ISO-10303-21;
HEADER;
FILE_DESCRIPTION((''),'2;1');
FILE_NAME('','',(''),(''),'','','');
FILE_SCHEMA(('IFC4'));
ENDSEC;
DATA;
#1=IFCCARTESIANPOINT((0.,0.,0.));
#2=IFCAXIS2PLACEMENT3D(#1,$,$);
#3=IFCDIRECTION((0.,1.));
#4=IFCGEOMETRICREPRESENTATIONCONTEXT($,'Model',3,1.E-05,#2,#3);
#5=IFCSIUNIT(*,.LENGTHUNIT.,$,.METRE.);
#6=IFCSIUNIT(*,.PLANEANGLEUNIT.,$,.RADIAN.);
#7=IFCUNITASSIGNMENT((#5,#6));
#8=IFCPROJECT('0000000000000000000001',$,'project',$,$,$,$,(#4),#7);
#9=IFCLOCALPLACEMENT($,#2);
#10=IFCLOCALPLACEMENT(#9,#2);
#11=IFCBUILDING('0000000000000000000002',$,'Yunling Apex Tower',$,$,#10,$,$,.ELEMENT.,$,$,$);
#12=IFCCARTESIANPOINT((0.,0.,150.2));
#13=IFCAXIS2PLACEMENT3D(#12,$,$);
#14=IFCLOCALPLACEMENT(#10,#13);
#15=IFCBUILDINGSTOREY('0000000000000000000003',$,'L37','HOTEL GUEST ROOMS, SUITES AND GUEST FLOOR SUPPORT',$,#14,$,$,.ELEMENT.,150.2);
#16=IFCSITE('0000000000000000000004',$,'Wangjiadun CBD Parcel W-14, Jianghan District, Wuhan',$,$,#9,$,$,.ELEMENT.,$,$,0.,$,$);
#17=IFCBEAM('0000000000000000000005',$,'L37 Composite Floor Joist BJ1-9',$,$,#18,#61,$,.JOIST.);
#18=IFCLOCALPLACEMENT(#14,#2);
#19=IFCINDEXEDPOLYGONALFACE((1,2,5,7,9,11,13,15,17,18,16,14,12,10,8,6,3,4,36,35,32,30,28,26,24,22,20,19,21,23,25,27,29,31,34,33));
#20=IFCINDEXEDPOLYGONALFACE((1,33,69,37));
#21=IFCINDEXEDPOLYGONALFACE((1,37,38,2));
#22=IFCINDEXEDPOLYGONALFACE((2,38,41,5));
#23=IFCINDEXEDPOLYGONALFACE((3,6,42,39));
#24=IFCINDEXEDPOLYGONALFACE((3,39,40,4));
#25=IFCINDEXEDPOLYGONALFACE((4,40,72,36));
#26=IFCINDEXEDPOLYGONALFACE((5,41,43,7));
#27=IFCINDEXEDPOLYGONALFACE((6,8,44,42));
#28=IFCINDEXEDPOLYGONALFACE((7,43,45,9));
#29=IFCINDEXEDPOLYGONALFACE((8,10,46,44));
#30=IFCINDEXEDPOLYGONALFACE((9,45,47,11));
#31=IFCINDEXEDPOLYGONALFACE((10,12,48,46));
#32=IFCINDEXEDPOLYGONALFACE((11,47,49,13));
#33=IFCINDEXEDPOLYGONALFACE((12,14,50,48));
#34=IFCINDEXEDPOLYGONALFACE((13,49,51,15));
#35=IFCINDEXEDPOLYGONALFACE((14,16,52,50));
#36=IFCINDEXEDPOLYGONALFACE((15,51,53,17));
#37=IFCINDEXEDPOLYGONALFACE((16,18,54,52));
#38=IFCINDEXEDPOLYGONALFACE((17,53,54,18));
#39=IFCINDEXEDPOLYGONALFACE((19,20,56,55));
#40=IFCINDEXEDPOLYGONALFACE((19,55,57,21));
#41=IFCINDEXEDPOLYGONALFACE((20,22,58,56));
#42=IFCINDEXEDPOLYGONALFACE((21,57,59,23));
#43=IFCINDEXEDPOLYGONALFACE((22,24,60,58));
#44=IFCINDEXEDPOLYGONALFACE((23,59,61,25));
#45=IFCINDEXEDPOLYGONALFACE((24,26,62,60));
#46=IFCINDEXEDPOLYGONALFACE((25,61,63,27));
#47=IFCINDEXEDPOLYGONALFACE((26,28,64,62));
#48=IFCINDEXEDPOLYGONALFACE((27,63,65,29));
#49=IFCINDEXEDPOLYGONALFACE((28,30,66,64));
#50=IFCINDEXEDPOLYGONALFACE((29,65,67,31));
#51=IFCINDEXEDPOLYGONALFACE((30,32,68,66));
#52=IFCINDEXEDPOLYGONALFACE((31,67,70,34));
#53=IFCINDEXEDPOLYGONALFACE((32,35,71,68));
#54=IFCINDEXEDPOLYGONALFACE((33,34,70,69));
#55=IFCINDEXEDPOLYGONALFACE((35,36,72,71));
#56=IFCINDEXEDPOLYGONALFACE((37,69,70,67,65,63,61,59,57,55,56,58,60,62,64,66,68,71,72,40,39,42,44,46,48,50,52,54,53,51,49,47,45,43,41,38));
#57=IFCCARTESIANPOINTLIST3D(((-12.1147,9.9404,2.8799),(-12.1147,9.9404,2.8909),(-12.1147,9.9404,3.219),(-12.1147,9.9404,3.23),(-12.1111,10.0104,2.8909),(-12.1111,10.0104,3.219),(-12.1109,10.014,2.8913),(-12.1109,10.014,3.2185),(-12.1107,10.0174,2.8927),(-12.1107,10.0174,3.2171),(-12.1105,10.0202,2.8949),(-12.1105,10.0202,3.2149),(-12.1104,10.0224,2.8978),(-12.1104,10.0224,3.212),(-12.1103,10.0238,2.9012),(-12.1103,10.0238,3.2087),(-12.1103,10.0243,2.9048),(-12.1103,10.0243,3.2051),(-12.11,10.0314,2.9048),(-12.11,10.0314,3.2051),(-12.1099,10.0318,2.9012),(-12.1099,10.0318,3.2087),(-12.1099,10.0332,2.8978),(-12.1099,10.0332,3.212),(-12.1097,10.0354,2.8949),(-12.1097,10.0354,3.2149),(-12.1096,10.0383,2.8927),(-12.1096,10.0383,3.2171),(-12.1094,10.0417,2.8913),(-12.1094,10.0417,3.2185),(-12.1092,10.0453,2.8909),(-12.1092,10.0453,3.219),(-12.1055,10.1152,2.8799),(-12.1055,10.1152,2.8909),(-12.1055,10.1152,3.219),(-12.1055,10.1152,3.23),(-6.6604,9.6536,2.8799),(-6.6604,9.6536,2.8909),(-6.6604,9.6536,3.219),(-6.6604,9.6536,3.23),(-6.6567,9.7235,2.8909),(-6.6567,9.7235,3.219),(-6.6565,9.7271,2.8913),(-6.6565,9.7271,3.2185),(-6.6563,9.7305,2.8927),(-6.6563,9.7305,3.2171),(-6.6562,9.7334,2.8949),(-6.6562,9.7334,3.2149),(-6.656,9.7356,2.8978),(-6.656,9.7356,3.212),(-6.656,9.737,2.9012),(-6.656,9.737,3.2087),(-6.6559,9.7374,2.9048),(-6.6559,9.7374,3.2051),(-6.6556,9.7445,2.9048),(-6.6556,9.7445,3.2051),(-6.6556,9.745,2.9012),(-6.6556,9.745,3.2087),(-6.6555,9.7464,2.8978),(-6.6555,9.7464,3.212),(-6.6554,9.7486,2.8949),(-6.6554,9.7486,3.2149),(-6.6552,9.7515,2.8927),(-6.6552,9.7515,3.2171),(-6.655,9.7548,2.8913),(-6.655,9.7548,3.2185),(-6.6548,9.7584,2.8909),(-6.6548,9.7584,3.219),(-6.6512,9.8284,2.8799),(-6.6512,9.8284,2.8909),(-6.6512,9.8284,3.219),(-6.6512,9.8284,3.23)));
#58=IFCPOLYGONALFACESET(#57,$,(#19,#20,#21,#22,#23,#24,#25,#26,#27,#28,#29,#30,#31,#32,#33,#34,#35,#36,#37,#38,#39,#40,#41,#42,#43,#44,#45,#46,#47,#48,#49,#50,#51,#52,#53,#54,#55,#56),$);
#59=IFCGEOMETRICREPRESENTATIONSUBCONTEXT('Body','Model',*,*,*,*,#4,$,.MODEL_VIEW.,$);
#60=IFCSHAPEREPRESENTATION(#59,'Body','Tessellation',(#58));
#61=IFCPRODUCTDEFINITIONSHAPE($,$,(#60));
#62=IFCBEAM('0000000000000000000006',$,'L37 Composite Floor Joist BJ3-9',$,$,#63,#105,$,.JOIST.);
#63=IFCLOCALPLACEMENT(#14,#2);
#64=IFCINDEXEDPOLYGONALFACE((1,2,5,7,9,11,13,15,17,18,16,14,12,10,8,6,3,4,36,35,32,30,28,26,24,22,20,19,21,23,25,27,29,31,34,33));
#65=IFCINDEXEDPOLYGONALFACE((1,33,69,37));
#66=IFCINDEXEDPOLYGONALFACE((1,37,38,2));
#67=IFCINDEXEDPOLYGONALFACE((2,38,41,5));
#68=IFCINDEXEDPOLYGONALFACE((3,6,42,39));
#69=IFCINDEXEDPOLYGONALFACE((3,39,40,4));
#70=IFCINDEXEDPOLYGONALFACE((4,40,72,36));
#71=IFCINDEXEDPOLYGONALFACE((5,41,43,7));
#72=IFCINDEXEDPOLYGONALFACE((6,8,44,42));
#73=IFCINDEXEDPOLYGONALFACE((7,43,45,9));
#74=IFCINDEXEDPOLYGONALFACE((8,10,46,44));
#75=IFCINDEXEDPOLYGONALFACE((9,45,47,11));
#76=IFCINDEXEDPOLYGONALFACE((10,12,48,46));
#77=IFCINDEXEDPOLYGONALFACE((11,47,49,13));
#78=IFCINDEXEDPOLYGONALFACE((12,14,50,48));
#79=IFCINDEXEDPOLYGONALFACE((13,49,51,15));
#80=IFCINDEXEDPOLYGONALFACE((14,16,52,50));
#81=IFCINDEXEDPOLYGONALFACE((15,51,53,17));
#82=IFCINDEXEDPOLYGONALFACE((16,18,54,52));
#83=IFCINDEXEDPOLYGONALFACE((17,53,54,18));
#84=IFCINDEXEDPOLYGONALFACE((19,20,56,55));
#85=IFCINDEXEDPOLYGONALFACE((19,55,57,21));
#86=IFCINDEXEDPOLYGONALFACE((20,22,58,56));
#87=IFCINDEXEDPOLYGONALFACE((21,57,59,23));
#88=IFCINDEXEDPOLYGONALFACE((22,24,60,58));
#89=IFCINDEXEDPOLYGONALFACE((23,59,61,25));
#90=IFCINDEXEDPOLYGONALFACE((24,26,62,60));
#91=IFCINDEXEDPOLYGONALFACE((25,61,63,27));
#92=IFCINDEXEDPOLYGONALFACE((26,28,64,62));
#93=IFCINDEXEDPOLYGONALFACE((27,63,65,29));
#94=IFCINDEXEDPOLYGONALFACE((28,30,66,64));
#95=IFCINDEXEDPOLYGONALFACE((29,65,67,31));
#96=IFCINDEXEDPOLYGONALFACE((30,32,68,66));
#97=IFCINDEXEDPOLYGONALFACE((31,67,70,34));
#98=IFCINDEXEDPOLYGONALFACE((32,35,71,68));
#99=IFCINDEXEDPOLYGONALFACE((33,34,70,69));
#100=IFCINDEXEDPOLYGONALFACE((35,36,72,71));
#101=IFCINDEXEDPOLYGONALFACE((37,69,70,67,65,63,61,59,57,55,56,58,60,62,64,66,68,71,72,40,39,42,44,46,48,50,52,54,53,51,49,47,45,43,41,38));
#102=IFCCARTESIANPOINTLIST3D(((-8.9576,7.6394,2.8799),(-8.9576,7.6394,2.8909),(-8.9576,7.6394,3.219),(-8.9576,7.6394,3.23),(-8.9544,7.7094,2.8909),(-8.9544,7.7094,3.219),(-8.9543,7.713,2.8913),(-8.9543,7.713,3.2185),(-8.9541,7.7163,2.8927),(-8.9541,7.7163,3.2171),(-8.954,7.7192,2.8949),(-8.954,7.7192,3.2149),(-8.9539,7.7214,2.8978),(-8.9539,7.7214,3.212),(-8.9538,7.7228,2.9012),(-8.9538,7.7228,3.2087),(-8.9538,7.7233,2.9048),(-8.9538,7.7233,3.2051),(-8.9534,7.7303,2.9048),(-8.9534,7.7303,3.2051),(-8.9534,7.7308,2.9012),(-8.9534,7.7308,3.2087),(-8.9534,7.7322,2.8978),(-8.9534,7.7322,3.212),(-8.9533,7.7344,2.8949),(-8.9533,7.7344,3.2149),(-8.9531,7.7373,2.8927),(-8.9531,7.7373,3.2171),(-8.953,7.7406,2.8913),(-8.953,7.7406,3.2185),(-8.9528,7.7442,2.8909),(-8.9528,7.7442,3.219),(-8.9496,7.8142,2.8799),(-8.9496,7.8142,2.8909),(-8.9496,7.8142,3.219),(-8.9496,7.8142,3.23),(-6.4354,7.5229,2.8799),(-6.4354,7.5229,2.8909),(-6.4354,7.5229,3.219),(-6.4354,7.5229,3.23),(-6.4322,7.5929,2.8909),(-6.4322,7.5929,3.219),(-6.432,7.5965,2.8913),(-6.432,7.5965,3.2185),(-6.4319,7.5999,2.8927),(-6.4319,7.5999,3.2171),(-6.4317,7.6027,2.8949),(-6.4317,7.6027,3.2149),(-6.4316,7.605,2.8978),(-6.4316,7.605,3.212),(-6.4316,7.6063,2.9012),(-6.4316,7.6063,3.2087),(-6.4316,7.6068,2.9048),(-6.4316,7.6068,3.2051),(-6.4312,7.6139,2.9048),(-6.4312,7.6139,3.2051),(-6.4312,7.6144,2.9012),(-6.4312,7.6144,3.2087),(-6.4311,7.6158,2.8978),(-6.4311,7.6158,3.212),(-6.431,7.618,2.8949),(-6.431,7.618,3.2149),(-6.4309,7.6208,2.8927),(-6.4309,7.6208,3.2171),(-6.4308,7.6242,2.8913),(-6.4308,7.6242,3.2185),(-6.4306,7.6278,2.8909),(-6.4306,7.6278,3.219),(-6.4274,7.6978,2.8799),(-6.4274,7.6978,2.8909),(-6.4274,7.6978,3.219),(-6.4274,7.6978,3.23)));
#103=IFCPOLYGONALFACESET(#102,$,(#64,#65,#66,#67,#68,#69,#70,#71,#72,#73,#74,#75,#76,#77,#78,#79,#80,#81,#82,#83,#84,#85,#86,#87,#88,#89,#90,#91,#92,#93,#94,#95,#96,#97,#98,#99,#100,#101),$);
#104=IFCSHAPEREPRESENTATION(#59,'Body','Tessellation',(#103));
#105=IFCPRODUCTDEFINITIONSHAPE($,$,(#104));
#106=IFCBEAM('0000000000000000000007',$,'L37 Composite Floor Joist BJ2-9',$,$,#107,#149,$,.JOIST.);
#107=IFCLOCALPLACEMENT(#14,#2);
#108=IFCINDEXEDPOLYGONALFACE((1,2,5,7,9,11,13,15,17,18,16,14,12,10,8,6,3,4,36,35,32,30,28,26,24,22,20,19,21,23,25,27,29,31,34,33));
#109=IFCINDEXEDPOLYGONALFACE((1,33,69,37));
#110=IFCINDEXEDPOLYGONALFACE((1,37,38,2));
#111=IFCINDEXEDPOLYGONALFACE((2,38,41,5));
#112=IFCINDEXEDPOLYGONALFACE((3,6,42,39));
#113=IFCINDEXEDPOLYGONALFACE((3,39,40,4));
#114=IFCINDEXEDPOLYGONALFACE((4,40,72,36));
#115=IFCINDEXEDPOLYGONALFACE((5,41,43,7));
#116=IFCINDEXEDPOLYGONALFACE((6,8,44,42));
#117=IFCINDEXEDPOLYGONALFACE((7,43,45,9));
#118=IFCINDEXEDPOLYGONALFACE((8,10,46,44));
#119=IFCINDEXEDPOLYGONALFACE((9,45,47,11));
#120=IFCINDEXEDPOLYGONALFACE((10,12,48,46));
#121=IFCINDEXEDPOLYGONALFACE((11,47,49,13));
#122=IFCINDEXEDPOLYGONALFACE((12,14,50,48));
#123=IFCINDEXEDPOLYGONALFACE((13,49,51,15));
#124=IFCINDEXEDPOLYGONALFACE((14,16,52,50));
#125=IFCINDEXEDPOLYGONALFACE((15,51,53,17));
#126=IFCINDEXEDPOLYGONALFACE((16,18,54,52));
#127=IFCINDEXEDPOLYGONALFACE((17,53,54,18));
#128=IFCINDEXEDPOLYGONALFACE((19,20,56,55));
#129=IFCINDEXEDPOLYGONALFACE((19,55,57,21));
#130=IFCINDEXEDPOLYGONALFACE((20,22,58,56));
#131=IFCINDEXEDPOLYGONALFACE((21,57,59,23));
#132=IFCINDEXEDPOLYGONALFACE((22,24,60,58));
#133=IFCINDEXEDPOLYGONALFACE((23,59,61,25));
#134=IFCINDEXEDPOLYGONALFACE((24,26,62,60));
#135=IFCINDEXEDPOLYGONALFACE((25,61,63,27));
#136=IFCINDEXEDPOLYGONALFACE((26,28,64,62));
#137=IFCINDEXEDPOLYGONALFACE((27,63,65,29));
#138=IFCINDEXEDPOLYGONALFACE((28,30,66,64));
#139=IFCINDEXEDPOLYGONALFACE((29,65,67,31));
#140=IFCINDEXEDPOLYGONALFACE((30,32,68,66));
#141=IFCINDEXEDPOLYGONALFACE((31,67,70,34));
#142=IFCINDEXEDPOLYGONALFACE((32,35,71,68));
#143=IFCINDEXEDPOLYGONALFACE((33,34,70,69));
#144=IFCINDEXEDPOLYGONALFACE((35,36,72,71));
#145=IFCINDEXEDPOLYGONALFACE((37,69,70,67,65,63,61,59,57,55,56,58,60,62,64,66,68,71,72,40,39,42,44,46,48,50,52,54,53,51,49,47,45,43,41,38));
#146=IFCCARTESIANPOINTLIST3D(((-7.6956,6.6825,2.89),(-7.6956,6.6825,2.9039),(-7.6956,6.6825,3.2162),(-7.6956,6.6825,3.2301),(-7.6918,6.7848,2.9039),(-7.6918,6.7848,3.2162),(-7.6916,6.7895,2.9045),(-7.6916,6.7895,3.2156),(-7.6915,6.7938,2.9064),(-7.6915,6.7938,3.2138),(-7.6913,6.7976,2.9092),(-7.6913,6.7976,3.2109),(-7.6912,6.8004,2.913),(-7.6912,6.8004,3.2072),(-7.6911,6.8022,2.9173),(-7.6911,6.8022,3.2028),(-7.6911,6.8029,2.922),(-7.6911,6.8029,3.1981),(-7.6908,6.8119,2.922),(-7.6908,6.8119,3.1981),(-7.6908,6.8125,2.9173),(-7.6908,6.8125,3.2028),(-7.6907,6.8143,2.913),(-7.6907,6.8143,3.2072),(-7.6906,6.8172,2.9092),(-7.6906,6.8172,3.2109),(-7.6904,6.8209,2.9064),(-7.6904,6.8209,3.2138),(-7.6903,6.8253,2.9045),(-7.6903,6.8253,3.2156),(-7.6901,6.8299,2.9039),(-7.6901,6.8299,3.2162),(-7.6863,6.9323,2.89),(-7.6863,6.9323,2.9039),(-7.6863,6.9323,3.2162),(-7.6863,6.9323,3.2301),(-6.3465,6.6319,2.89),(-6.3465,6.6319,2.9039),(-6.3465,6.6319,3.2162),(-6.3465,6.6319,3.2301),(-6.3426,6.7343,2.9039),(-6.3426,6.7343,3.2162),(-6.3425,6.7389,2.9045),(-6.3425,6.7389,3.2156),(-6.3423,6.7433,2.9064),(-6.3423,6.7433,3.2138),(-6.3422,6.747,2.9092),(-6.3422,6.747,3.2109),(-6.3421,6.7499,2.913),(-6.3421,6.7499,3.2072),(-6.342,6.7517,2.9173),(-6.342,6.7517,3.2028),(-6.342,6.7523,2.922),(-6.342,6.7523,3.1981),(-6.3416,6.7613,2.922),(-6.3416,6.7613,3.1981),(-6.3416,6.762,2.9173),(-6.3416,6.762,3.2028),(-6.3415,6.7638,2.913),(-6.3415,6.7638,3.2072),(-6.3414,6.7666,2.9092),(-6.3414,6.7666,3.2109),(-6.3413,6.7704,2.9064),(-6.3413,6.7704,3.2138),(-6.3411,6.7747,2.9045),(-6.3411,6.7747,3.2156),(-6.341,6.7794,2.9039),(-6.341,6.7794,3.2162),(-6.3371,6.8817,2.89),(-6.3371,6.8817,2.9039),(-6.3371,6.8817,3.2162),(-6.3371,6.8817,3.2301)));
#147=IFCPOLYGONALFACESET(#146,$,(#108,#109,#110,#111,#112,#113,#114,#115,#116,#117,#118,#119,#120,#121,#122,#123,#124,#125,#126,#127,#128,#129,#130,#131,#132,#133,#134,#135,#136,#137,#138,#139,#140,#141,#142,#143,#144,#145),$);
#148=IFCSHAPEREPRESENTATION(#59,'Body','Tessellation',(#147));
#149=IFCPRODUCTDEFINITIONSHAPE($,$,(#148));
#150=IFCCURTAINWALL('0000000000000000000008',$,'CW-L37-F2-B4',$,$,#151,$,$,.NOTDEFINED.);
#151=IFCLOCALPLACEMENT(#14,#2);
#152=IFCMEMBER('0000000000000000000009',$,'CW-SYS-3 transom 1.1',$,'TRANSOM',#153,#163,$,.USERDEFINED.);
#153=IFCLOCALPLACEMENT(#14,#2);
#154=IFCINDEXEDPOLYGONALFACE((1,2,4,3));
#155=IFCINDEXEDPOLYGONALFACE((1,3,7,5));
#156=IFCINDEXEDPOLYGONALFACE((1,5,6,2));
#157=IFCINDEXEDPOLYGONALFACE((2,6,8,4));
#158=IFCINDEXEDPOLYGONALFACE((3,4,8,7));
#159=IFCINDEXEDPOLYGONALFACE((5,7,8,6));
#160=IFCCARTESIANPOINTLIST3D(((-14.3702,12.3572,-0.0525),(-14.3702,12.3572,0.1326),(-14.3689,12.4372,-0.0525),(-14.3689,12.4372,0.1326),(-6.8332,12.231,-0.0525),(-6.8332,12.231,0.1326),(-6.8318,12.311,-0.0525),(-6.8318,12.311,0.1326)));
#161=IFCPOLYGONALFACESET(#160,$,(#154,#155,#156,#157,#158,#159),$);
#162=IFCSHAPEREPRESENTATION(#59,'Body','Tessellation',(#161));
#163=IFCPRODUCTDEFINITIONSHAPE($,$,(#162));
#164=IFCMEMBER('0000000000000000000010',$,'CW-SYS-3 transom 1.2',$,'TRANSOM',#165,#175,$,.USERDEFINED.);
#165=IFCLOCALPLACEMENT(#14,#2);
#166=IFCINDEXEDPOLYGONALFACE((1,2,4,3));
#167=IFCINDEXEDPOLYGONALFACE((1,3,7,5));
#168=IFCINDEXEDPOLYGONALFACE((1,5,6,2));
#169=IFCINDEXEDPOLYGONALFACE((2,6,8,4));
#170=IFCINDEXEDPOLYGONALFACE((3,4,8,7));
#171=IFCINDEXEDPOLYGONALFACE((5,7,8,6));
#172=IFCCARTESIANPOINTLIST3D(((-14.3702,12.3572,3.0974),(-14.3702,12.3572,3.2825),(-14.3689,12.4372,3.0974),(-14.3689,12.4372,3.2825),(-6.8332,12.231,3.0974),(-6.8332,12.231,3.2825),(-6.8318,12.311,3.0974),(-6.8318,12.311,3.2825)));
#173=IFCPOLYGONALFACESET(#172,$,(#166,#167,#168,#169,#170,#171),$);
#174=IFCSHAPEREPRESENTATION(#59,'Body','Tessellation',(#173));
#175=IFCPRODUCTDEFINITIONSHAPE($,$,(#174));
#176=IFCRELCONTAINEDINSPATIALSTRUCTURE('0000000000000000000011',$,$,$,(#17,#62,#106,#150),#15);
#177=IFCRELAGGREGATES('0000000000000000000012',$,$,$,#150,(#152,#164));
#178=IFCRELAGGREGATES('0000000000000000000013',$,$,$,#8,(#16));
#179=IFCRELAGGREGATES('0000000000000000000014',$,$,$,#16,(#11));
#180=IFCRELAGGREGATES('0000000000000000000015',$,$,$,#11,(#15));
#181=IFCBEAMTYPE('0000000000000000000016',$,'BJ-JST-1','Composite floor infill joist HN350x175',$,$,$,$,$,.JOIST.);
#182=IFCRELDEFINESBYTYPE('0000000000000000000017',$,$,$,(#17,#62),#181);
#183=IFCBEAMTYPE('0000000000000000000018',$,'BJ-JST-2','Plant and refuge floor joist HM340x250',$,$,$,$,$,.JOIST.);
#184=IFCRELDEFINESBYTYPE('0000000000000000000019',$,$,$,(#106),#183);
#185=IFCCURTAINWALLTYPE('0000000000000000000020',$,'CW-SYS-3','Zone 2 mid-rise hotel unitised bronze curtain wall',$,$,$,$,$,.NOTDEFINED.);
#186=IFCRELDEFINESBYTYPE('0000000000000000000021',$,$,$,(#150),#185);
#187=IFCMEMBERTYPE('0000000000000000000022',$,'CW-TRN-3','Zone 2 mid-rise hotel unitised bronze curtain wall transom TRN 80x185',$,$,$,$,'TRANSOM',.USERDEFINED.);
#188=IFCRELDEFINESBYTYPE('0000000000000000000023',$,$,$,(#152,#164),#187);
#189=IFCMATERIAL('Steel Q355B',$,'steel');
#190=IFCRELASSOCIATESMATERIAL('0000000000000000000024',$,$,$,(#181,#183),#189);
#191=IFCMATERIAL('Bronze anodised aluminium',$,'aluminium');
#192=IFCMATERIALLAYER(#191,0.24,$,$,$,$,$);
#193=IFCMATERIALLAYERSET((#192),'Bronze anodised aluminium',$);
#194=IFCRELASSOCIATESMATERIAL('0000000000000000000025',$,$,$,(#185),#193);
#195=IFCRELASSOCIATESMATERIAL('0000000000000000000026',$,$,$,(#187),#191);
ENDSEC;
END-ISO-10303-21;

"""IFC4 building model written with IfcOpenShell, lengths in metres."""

from ifc_helpers import new_model, si_unit, direction, frame, origin, origin_2d, place, context, subcontext, project, spatial, rectangle, i_section, extrude, source, transform, mapped, material, layer, layer_set, material_profile, profile_set, type_object, element, aggregate, save


model = new_model("IFC4")

# Units and contexts
model_context = context("Model", 3, precision=1e-05, world=origin(), true_north=direction((0.0, 1.0)))
body_context = subcontext(model_context, "Body", "Model", "MODEL_VIEW")
ifc_project = project(units=[si_unit("LENGTHUNIT", "METRE"), si_unit("PLANEANGLEUNIT", "RADIAN")], contexts=[model_context])

# Site, building, storey
site_placement = place(None, origin())
site = spatial("IfcSite", under=ifc_project, at=site_placement, Name="Wangjiadun CBD Parcel W-14, Jianghan District, Wuhan", CompositionType="ELEMENT", RefElevation=0.0)
building_placement = place(site_placement, origin())
building = spatial("IfcBuilding", under=site, at=building_placement, Name="Yunling Apex Tower", CompositionType="ELEMENT")
storey_placement = place(building_placement, frame((0.0, 0.0, 150.2)))
storey = spatial("IfcBuildingStorey", under=building, at=storey_placement, Name="L37", Description="HOTEL GUEST ROOMS, SUITES AND GUEST FLOOR SUPPORT", CompositionType="ELEMENT", Elevation=150.2)

# Beams
ifc_material_1 = material(Name="Steel Q355B", Category="steel")
ifc_material_profile_1 = material_profile(ifc_material_1, i_section(OverallWidth=0.175, OverallDepth=0.3501, WebThickness=0.0071, FlangeThickness=0.011, FilletRadius=0.0139, at=origin_2d()))
ifc_profile_set_1 = profile_set([ifc_material_profile_1], Name="Steel Q355B")
beam_type_1 = type_object("IfcBeamType", Name="BJ-JST-1", Description="Composite floor infill joist HN350x175", PredefinedType="JOIST", material=ifc_profile_set_1)
shared_shape_1 = source(origin(), body_context, "Body", "SweptSolid", [
    extrude(i_section(OverallWidth=0.175, OverallDepth=0.3501, WebThickness=0.0071, FlangeThickness=0.011, FilletRadius=0.0139, at=origin_2d()), origin(), (0.0, 0.0, 1.0), 5.4619),
])
beam_1_placement = place(storey_placement, frame((-6.6558, 9.741, 3.0549), z_axis=(-0.99862, 0.052521, 0.0), x_axis=(-0.052521, -0.99862, 0.0)))
element("IfcBeam", 1, at=beam_1_placement, inside=storey, type_object=beam_type_1, Name="L37 Composite Floor Joist BJ1-9", PredefinedType="JOIST", context=body_context, shape_type="MappedRepresentation", body=[
    mapped(shared_shape_1, transform((0.0, 0.0, 0.0), scale=1.0)),
])
shared_shape_2 = source(origin(), body_context, "Body", "SweptSolid", [
    extrude(i_section(OverallWidth=0.175, OverallDepth=0.3501, WebThickness=0.0071, FlangeThickness=0.011, FilletRadius=0.0139, at=origin_2d()), origin(), (0.0, 0.0, 1.0), 2.5249),
])
beam_2_placement = place(storey_placement, frame((-6.4314, 7.6104, 3.0549), z_axis=(-0.998936, 0.046123, 0.0), x_axis=(-0.046123, -0.998936, 0.0)))
element("IfcBeam", 2, at=beam_2_placement, inside=storey, type_object=beam_type_1, Name="L37 Composite Floor Joist BJ3-9", PredefinedType="JOIST", context=body_context, shape_type="MappedRepresentation", body=[
    mapped(shared_shape_2, transform((0.0, 0.0, 0.0), scale=1.0)),
])
ifc_material_profile_2 = material_profile(ifc_material_1, i_section(OverallWidth=0.25, OverallDepth=0.3401, WebThickness=0.009, FlangeThickness=0.0139, FilletRadius=0.0181, at=origin_2d()))
ifc_profile_set_2 = profile_set([ifc_material_profile_2], Name="Steel Q355B")
beam_type_2 = type_object("IfcBeamType", Name="BJ-JST-2", Description="Plant and refuge floor joist HM340x250", PredefinedType="JOIST", material=ifc_profile_set_2)
shared_shape_3 = source(origin(), body_context, "Body", "SweptSolid", [
    extrude(i_section(OverallWidth=0.25, OverallDepth=0.3401, WebThickness=0.009, FlangeThickness=0.0139, FilletRadius=0.0181, at=origin_2d()), origin(), (0.0, 0.0, 1.0), 1.3501),
])
beam_3_placement = place(storey_placement, frame((-6.3418, 6.7568, 3.0601), z_axis=(-0.999299, 0.037433, 0.0), x_axis=(-0.037433, -0.999299, 0.0)))
element("IfcBeam", 3, at=beam_3_placement, inside=storey, type_object=beam_type_2, Name="L37 Composite Floor Joist BJ2-9", PredefinedType="JOIST", context=body_context, shape_type="MappedRepresentation", body=[
    mapped(shared_shape_3, transform((0.0, 0.0, 0.0), scale=1.0)),
])

# Curtain wall, members
ifc_material_2 = material(Name="Bronze anodised aluminium", Category="aluminium")
ifc_layer_1 = layer(ifc_material_2, 0.24)
ifc_layer_set_1 = layer_set([ifc_layer_1], Name="Bronze anodised aluminium")
curtain_wall_type = type_object("IfcCurtainWallType", Name="CW-SYS-3", Description="Zone 2 mid-rise hotel unitised bronze curtain wall", PredefinedType="NOTDEFINED", material=ifc_layer_set_1)
curtain_wall_1_placement = place(storey_placement, origin())
curtain_wall_1 = element("IfcCurtainWall", 4, at=curtain_wall_1_placement, inside=storey, type_object=curtain_wall_type, Name="CW-L37-F2-B4", PredefinedType="NOTDEFINED")
ifc_material_profile_3 = material_profile(ifc_material_2, rectangle(XDim=0.0801, YDim=0.1851, at=origin_2d()))
ifc_profile_set_3 = profile_set([ifc_material_profile_3], Name="Bronze anodised aluminium")
member_type_1 = type_object("IfcMemberType", Name="CW-TRN-3", Description="Zone 2 mid-rise hotel unitised bronze curtain wall transom TRN 80x185", ElementType="TRANSOM", PredefinedType="USERDEFINED", material=ifc_profile_set_3)
shared_shape_4 = source(origin(), body_context, "Body", "SweptSolid", [
    extrude(rectangle(XDim=0.0801, YDim=0.1851, at=origin_2d()), origin(), (0.0, 0.0, 1.0), 7.5381),
])
member_1_placement = place(storey_placement, frame((-6.8325, 12.271, 0.04), z_axis=(-0.99986, 0.016744, 0.0), x_axis=(-0.016744, -0.99986, 0.0)))
member_1 = element("IfcMember", 5, at=member_1_placement, type_object=member_type_1, Name="CW-SYS-3 transom 1.1", ObjectType="TRANSOM", PredefinedType="USERDEFINED", context=body_context, shape_type="MappedRepresentation", body=[
    mapped(shared_shape_4, transform((0.0, 0.0, 0.0), scale=1.0)),
])
member_2_placement = place(storey_placement, frame((-6.8325, 12.271, 3.1899), z_axis=(-0.99986, 0.016744, 0.0), x_axis=(-0.016744, -0.99986, 0.0)))
member_2 = element("IfcMember", 6, at=member_2_placement, type_object=member_type_1, Name="CW-SYS-3 transom 1.2", ObjectType="TRANSOM", PredefinedType="USERDEFINED", context=body_context, shape_type="MappedRepresentation", body=[
    mapped(shared_shape_4, transform((0.0, 0.0, 0.0), scale=1.0)),
])

aggregate(curtain_wall_1, [member_1, member_2])

save(model, "model.ifc")
